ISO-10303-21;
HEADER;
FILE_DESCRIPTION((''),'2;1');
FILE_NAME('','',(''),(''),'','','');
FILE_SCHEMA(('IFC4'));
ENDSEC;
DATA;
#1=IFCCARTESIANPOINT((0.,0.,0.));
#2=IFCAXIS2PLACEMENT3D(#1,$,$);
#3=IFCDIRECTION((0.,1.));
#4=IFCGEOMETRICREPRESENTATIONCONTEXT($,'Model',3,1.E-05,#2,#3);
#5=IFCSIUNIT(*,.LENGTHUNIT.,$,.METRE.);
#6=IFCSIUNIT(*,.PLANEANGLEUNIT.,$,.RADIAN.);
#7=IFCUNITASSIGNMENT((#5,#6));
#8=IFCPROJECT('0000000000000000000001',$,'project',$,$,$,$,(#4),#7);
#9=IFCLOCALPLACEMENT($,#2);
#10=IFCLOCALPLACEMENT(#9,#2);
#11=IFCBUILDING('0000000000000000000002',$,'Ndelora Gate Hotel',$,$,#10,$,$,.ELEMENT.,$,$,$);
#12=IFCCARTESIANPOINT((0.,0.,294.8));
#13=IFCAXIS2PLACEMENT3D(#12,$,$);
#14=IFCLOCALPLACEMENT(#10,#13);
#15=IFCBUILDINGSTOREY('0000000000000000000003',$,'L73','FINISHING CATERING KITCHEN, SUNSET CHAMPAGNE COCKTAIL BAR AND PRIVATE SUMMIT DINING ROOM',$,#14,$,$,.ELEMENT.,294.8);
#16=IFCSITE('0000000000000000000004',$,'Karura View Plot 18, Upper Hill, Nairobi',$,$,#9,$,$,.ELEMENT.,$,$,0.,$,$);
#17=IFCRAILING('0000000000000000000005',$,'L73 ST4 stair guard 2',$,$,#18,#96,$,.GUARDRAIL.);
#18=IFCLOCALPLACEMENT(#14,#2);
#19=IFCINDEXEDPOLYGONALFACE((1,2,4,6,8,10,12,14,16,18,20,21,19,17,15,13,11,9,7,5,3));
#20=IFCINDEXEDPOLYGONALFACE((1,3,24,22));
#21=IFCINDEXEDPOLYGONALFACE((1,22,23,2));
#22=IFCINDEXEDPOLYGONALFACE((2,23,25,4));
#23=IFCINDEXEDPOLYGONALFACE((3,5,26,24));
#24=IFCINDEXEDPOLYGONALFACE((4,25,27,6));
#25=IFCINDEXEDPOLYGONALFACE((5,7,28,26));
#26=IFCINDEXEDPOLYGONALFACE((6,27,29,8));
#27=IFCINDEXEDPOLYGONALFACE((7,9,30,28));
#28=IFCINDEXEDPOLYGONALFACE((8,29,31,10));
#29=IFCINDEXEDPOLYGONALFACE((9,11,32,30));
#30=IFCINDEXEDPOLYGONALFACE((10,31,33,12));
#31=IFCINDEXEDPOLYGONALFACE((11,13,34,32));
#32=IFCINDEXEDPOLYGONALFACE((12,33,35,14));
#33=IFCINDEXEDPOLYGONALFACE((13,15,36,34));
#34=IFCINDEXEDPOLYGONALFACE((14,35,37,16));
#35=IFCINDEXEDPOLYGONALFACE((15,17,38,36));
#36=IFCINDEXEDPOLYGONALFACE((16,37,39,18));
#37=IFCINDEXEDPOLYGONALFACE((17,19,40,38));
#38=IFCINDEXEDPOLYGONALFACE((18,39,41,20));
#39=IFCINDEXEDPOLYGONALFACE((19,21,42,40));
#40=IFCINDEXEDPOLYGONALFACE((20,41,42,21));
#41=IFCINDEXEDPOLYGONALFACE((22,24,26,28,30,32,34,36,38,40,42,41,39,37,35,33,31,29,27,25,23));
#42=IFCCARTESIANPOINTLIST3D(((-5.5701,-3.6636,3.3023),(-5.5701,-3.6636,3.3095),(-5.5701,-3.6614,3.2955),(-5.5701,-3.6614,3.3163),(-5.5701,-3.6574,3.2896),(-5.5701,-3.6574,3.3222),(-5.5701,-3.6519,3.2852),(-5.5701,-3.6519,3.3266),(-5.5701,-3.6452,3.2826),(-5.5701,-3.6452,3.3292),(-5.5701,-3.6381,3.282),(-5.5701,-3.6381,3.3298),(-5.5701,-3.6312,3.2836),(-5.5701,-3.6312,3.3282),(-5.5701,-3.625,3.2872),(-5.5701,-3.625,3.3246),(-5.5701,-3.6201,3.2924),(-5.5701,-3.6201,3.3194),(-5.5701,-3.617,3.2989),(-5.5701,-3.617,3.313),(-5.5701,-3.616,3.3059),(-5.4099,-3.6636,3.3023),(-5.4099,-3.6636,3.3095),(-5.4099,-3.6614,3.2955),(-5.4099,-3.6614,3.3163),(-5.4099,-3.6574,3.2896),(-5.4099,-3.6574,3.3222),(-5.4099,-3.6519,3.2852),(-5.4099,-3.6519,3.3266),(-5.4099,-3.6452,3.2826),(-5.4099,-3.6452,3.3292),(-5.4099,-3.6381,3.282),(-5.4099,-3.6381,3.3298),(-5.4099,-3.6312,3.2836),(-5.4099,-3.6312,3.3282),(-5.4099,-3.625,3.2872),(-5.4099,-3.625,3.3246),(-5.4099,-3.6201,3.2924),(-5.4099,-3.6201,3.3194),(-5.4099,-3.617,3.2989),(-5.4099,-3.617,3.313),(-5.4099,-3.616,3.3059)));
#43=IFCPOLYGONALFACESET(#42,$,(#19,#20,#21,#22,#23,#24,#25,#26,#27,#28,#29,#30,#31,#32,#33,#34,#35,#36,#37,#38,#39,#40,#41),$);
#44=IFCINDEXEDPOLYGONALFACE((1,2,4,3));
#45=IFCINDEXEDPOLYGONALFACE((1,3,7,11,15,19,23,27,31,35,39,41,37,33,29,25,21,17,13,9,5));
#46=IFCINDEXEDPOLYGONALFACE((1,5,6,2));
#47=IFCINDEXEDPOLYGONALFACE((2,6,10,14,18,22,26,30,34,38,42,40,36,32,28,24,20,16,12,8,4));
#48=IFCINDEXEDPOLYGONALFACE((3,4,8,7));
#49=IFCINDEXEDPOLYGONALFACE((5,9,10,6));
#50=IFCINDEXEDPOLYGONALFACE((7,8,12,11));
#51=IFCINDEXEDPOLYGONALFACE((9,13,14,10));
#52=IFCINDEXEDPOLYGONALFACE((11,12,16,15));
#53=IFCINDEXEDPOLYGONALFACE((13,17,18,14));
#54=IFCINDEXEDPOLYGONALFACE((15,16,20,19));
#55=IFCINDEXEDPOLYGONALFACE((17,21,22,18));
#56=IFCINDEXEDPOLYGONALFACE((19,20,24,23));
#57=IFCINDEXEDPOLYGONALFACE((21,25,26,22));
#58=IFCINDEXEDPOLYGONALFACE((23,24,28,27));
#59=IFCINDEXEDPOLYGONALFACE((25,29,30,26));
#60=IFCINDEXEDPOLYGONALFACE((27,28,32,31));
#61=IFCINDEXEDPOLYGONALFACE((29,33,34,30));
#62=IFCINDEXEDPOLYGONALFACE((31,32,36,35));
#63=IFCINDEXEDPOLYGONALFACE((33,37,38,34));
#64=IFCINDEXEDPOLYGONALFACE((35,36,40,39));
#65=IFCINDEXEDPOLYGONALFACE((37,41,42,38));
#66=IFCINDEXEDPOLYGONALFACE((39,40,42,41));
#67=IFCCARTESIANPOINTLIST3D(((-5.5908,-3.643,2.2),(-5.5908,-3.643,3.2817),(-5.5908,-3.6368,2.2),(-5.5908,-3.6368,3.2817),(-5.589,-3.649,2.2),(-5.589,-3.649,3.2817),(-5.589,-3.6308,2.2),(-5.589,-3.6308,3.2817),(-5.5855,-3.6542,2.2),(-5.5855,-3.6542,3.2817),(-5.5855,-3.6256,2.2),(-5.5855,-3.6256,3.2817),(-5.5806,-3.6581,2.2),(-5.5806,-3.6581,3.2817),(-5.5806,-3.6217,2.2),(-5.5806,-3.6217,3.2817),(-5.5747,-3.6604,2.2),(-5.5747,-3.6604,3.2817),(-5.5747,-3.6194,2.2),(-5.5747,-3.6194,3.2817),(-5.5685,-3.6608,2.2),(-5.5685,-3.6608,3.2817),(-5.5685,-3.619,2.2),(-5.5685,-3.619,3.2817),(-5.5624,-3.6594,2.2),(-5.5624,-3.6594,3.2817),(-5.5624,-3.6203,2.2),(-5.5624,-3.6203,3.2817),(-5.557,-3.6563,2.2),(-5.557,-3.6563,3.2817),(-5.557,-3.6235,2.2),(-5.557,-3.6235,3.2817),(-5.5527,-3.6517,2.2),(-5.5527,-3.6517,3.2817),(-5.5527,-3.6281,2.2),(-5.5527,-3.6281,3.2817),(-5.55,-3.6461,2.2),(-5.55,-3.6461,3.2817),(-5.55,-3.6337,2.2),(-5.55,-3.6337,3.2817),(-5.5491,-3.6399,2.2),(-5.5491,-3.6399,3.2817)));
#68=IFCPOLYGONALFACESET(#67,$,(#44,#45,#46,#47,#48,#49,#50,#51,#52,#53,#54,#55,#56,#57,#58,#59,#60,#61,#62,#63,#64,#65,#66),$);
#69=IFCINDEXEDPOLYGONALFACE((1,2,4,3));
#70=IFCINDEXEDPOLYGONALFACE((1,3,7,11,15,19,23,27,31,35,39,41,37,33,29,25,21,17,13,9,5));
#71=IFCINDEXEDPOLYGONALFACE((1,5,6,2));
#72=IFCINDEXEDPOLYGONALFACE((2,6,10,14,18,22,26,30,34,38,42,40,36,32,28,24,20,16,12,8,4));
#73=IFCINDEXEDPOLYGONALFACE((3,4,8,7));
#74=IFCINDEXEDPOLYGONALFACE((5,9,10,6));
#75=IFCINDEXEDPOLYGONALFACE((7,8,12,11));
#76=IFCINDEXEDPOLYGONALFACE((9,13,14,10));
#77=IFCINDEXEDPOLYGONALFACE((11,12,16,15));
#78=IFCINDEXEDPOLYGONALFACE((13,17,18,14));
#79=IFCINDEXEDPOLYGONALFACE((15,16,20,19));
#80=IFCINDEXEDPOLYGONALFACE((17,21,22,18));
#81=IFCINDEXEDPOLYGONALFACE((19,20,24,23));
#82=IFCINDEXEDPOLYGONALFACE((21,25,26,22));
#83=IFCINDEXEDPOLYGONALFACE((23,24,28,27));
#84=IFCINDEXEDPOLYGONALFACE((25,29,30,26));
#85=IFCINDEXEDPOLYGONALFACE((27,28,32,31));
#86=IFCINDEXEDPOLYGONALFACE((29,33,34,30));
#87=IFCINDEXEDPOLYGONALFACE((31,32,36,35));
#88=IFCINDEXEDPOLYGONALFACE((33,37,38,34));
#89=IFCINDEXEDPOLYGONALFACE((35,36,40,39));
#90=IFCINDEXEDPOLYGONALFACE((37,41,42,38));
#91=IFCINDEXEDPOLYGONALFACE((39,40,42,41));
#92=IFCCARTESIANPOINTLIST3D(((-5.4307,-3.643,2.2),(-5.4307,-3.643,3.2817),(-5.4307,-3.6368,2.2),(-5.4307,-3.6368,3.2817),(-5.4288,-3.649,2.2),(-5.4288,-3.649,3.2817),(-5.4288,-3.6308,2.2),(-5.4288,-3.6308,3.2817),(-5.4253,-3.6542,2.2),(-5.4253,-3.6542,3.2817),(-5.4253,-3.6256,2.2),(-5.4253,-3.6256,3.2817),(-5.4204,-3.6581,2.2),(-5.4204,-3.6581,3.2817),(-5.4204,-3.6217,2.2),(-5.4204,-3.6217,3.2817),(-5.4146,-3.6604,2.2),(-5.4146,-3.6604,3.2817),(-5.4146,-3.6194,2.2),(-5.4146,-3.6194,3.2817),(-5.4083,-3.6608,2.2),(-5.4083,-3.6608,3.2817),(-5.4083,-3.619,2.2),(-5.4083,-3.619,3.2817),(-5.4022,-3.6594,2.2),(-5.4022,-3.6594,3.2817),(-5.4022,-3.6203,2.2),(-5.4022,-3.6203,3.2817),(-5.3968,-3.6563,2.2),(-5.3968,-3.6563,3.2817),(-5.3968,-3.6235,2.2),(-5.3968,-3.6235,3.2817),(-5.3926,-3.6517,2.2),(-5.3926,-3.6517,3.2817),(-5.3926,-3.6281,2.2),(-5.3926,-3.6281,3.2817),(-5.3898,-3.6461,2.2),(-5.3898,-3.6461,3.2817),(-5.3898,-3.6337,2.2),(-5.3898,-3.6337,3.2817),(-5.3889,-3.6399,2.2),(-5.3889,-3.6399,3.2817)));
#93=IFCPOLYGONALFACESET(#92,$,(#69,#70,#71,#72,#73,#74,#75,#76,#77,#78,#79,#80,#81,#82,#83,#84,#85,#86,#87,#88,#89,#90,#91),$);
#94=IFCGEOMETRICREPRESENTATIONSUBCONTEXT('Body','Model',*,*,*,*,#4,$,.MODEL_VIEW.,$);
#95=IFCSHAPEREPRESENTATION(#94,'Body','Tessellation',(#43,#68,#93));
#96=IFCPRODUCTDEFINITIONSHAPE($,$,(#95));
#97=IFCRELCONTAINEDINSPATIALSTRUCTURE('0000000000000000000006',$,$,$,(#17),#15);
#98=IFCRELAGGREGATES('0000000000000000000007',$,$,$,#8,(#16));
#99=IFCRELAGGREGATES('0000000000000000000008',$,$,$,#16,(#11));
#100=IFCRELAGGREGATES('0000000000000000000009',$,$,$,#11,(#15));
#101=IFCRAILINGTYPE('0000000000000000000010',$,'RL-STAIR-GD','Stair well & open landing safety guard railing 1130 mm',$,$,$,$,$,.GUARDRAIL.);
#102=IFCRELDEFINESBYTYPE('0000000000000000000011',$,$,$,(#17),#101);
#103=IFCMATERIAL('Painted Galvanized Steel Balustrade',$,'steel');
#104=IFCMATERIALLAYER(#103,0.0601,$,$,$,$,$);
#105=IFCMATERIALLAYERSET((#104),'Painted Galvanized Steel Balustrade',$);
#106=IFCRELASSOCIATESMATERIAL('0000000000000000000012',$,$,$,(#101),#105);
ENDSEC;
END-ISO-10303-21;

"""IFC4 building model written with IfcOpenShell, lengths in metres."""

from ifc_helpers import new_model, si_unit, direction, frame, origin, origin_2d, place, context, subcontext, project, spatial, circle, extrude, material, layer, layer_set, type_object, element, save


model = new_model("IFC4")

# Units and contexts
model_context = context("Model", 3, precision=1e-05, world=origin(), true_north=direction((0.0, 1.0)))
body_context = subcontext(model_context, "Body", "Model", "MODEL_VIEW")
ifc_project = project(units=[si_unit("LENGTHUNIT", "METRE"), si_unit("PLANEANGLEUNIT", "RADIAN")], contexts=[model_context])

# Site, building, storey
site_placement = place(None, origin())
site = spatial("IfcSite", under=ifc_project, at=site_placement, Name="Karura View Plot 18, Upper Hill, Nairobi", CompositionType="ELEMENT", RefElevation=0.0)
building_placement = place(site_placement, origin())
building = spatial("IfcBuilding", under=site, at=building_placement, Name="Ndelora Gate Hotel", CompositionType="ELEMENT")
storey_placement = place(building_placement, frame((0.0, 0.0, 294.8)))
storey = spatial("IfcBuildingStorey", under=building, at=storey_placement, Name="L73", Description="FINISHING CATERING KITCHEN, SUNSET CHAMPAGNE COCKTAIL BAR AND PRIVATE SUMMIT DINING ROOM", CompositionType="ELEMENT", Elevation=294.8)

# Railing
ifc_material_1 = material(Name="Painted Galvanized Steel Balustrade", Category="steel")
ifc_layer_1 = layer(ifc_material_1, 0.0601)
ifc_layer_set_1 = layer_set([ifc_layer_1], Name="Painted Galvanized Steel Balustrade")
railing_type_1 = type_object("IfcRailingType", Name="RL-STAIR-GD", Description="Stair well & open landing safety guard railing 1130 mm", PredefinedType="GUARDRAIL", material=ifc_layer_set_1)
railing_1_placement = place(storey_placement, frame((-5.5701, -3.6399, 2.2)))
element("IfcRailing", 1, at=railing_1_placement, inside=storey, type_object=railing_type_1, Name="L73 ST4 stair guard 2", PredefinedType="GUARDRAIL", context=body_context, shape_type="SweptSolid", body=[
    extrude(circle(Radius=0.0239, at=origin_2d()), frame((0.0, 0.0, 1.106), z_axis=(1.0, 0.0, 0.0), x_axis=(0.0, 1.0, 0.0)), (0.0, 0.0, 1.0), 0.1602),
    extrude(circle(Radius=0.021, at=origin_2d()), origin(), (0.0, 0.0, 1.0), 1.0818),
    extrude(circle(Radius=0.021, at=origin_2d()), frame((0.1602, 0.0, 0.0)), (0.0, 0.0, 1.0), 1.0818),
])

save(model, "model.ifc")
